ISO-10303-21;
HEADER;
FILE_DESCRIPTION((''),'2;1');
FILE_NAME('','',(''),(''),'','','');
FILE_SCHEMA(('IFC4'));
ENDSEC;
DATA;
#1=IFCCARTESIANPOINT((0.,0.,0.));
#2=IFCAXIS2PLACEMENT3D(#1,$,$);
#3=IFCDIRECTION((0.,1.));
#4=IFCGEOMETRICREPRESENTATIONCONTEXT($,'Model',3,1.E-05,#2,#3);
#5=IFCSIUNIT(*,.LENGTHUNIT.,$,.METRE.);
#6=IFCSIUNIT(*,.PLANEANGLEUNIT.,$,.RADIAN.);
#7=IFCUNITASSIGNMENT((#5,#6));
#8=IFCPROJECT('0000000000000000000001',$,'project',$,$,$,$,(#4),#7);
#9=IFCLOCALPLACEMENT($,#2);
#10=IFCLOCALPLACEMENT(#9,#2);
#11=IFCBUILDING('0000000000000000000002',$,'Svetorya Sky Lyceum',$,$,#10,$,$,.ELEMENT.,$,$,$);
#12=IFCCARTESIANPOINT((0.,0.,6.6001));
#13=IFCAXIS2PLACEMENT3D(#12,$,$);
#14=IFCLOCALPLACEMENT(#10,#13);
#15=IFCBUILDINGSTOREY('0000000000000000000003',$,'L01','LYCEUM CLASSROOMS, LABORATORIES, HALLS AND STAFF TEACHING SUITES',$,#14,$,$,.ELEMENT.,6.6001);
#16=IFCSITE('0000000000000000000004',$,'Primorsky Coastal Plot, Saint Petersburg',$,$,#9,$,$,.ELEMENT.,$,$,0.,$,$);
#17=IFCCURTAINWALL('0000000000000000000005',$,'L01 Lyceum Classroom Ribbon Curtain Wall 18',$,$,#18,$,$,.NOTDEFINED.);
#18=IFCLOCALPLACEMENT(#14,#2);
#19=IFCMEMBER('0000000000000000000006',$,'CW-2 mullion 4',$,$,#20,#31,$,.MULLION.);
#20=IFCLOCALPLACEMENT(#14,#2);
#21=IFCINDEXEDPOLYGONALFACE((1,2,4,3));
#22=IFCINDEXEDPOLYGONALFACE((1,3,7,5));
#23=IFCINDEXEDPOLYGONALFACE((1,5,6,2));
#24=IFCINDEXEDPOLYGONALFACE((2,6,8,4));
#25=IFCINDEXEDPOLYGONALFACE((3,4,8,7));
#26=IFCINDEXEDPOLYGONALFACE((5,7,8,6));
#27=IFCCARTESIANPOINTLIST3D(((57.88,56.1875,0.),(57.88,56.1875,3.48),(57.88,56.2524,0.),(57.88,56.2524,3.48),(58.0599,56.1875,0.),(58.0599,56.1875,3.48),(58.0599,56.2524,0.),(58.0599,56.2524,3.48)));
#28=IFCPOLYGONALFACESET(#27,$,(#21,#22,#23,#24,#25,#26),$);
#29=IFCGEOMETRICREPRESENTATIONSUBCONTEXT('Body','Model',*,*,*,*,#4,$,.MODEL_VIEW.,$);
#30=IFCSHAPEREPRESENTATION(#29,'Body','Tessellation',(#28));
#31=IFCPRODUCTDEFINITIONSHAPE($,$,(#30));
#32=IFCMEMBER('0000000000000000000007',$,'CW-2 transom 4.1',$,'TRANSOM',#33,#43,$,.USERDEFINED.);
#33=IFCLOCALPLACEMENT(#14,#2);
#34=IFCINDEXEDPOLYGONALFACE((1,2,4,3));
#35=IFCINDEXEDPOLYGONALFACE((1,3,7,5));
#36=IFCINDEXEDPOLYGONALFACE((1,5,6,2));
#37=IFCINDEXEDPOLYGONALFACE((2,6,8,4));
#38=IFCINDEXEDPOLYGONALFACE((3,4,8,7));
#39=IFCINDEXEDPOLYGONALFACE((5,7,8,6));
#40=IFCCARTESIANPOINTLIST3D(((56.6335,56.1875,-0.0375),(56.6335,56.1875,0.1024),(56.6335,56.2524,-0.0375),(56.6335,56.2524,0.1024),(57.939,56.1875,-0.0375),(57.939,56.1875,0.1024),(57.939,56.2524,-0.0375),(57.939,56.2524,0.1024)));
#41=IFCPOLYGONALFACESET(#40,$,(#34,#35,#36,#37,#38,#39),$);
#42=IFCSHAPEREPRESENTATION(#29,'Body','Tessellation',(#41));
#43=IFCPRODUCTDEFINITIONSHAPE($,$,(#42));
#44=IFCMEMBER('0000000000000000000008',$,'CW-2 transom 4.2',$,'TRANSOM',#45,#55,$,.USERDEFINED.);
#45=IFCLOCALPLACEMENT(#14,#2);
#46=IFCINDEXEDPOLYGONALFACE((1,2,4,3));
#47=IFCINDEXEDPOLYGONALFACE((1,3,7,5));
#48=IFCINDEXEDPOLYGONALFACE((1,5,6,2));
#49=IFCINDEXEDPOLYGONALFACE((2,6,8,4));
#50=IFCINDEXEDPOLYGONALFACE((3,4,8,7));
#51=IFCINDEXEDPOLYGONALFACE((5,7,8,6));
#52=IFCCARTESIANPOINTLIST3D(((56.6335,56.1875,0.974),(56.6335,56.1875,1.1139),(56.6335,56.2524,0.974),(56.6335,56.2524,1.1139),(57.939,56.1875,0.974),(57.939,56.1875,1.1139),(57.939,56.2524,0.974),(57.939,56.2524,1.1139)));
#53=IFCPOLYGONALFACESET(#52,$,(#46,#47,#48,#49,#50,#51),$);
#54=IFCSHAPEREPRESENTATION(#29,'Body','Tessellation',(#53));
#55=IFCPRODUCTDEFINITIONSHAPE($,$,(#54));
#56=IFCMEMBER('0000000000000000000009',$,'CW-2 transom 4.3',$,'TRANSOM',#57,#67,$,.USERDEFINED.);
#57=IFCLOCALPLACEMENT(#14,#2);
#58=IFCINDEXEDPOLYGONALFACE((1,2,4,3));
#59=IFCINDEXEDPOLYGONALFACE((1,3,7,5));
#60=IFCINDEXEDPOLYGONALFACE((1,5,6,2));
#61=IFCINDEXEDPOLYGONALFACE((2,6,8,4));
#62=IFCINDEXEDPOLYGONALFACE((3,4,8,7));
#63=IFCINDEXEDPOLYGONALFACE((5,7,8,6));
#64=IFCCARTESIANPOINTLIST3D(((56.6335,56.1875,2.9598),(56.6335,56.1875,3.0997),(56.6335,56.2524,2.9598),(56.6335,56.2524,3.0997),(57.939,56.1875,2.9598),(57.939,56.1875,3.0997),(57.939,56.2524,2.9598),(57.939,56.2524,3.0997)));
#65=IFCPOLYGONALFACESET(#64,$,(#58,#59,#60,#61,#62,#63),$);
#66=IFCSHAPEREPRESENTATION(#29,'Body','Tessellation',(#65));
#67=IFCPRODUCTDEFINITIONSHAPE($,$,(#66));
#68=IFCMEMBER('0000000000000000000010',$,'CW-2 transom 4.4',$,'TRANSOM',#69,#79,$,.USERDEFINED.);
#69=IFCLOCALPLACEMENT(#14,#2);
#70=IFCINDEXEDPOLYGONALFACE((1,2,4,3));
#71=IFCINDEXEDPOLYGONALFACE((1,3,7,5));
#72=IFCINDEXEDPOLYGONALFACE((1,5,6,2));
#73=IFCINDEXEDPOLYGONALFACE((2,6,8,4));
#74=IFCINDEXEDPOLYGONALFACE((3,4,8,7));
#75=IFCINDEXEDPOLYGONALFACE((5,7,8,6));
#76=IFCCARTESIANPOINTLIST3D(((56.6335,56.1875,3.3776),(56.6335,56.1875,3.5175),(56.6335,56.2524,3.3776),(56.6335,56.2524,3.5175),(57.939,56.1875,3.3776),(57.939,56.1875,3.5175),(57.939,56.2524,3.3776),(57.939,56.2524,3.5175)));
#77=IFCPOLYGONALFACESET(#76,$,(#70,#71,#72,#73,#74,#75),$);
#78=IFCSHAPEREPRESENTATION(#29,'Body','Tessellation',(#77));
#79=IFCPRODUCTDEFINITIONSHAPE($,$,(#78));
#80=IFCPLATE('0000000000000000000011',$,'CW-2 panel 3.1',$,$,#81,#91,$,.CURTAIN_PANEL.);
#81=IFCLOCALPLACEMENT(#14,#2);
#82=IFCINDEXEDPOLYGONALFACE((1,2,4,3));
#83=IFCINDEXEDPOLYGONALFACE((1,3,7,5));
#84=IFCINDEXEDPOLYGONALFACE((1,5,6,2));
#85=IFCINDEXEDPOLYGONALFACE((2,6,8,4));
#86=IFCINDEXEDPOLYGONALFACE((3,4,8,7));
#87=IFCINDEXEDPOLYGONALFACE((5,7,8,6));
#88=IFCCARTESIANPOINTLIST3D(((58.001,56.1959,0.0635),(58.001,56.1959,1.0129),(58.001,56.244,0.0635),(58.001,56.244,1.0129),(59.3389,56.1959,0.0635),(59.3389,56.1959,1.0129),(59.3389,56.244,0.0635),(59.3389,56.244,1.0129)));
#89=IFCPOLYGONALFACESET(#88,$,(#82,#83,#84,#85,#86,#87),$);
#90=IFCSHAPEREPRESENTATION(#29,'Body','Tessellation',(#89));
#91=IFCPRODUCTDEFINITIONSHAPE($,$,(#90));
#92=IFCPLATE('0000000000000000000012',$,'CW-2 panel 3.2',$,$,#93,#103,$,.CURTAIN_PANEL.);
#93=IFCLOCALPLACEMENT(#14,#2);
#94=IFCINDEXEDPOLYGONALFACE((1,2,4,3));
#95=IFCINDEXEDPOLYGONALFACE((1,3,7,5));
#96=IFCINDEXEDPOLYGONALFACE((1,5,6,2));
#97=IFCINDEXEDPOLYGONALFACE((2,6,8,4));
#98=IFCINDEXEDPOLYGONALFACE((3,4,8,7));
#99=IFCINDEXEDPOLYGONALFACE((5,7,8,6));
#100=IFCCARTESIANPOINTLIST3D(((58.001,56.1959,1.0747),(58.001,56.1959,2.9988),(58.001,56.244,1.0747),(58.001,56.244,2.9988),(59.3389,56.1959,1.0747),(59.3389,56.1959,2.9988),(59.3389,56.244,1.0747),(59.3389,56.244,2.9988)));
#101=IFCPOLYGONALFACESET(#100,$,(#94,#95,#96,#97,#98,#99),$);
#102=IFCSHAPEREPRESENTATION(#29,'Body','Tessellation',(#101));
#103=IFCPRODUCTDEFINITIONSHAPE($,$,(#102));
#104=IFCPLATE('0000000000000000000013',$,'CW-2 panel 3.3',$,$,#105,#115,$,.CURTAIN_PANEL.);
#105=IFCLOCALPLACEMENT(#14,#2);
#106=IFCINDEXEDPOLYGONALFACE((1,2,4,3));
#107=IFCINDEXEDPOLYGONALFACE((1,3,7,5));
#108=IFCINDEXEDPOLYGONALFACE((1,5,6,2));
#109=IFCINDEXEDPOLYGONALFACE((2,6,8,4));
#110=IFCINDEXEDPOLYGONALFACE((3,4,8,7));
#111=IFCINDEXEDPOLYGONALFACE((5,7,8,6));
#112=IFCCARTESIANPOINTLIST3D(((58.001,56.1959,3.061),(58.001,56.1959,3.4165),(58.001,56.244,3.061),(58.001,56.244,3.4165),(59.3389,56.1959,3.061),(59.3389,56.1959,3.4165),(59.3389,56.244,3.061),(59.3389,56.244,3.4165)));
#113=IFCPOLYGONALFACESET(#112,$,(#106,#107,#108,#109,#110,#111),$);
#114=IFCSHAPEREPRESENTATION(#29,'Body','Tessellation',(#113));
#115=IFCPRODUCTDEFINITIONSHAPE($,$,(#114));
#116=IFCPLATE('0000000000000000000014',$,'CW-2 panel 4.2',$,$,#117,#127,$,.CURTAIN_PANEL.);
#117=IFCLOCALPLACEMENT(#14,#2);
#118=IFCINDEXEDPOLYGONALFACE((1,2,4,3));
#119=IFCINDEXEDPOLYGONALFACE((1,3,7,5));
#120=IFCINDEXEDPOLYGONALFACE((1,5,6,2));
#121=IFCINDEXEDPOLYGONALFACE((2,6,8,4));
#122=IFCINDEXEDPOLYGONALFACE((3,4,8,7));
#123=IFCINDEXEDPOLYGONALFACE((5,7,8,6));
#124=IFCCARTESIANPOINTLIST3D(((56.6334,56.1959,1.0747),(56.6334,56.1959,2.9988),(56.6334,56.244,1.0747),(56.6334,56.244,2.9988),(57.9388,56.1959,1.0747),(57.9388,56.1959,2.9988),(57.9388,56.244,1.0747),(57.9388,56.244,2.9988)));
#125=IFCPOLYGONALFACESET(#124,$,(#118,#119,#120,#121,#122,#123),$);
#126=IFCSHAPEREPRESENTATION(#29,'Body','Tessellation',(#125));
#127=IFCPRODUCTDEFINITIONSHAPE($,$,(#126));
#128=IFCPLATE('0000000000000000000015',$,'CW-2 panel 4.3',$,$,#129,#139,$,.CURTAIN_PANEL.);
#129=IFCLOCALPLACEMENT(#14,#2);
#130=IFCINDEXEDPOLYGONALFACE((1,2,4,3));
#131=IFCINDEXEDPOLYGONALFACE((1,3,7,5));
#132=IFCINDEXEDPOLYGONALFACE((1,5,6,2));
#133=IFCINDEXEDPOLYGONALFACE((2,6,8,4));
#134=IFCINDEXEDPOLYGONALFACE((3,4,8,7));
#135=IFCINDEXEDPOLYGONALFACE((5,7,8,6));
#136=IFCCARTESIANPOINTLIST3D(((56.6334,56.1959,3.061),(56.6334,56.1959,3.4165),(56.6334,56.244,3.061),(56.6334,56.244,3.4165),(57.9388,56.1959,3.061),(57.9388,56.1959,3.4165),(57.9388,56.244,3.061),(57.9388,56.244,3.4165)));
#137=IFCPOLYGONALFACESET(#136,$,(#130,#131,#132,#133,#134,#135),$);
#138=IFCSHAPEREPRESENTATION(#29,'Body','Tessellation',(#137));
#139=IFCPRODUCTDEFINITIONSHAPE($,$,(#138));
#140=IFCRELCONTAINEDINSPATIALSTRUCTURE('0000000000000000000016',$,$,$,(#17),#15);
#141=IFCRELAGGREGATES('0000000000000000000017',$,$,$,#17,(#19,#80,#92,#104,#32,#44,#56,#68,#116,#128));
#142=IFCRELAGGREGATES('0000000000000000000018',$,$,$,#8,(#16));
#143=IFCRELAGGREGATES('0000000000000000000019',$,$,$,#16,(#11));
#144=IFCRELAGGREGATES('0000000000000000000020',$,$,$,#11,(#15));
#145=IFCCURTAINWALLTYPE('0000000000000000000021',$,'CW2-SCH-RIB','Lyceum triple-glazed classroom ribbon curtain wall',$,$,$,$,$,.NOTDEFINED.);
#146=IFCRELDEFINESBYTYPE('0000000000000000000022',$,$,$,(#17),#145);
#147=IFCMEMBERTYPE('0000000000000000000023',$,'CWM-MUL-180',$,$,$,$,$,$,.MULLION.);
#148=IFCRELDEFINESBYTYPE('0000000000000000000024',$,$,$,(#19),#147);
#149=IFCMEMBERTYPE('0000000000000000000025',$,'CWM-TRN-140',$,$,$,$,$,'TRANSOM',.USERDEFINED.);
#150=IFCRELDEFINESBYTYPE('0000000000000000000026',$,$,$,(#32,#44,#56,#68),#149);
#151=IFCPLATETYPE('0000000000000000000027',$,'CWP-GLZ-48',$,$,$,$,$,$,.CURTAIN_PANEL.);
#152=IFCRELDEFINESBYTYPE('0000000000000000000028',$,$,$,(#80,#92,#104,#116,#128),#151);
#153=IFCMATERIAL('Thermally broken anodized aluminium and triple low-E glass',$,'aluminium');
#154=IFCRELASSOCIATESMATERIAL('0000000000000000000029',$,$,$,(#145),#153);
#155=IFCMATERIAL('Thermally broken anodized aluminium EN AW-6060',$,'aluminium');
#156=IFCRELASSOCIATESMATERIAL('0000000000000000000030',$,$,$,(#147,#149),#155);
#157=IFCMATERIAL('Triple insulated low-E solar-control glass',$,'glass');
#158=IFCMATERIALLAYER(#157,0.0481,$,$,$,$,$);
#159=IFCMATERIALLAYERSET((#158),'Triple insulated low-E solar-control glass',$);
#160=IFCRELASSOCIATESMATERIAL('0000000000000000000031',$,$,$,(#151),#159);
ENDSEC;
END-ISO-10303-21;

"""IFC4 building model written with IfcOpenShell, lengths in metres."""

from ifc_helpers import new_model, si_unit, direction, frame, origin, origin_2d, place, context, subcontext, project, spatial, rectangle, extrude, material, layer, layer_set, material_profile, profile_set, type_object, element, aggregate, save


model = new_model("IFC4")

# Units and contexts
model_context = context("Model", 3, precision=1e-05, world=origin(), true_north=direction((0.0, 1.0)))
body_context = subcontext(model_context, "Body", "Model", "MODEL_VIEW")
ifc_project = project(units=[si_unit("LENGTHUNIT", "METRE"), si_unit("PLANEANGLEUNIT", "RADIAN")], contexts=[model_context])

# Site, building, storey
site_placement = place(None, origin())
site = spatial("IfcSite", under=ifc_project, at=site_placement, Name="Primorsky Coastal Plot, Saint Petersburg", CompositionType="ELEMENT", RefElevation=0.0)
building_placement = place(site_placement, origin())
building = spatial("IfcBuilding", under=site, at=building_placement, Name="Svetorya Sky Lyceum", CompositionType="ELEMENT")
storey_placement = place(building_placement, frame((0.0, 0.0, 6.6001)))
storey = spatial("IfcBuildingStorey", under=building, at=storey_placement, Name="L01", Description="LYCEUM CLASSROOMS, LABORATORIES, HALLS AND STAFF TEACHING SUITES", CompositionType="ELEMENT", Elevation=6.6001)

# Curtain wall, members, plates
ifc_material_1 = material(Name="Thermally broken anodized aluminium and triple low-E glass", Category="aluminium")
curtain_wall_type = type_object("IfcCurtainWallType", Name="CW2-SCH-RIB", Description="Lyceum triple-glazed classroom ribbon curtain wall", PredefinedType="NOTDEFINED", material=ifc_material_1)
curtain_wall_placement = place(storey_placement, origin())
curtain_wall = element("IfcCurtainWall", 1, at=curtain_wall_placement, inside=storey, type_object=curtain_wall_type, Name="L01 Lyceum Classroom Ribbon Curtain Wall 18", PredefinedType="NOTDEFINED")
ifc_material_2 = material(Name="Thermally broken anodized aluminium EN AW-6060", Category="aluminium")
ifc_material_profile_1 = material_profile(ifc_material_2, rectangle(XDim=0.0649, YDim=0.1799, at=origin_2d()), Name="ALU MULLION 65x180")
ifc_profile_set_1 = profile_set([ifc_material_profile_1], Name="Thermally broken anodized aluminium EN AW-6060")
member_type_1 = type_object("IfcMemberType", Name="CWM-MUL-180", PredefinedType="MULLION", material=ifc_profile_set_1)
member_1_placement = place(storey_placement, frame((57.97, 56.22, 0.0), z_axis=(0.0, 0.0, 1.0), x_axis=(0.0, -1.0, 0.0)))
member_1 = element("IfcMember", 2, at=member_1_placement, type_object=member_type_1, Name="CW-2 mullion 4", PredefinedType="MULLION", context=body_context, shape_type="SweptSolid", body=[
    extrude(rectangle(XDim=0.0649, YDim=0.1799, at=origin_2d()), origin(), (0.0, 0.0, 1.0), 3.48),
])
ifc_material_profile_2 = material_profile(ifc_material_2, rectangle(XDim=0.0649, YDim=0.1399, at=origin_2d()), Name="ALU TRANSOM 65x140")
ifc_profile_set_2 = profile_set([ifc_material_profile_2], Name="Thermally broken anodized aluminium EN AW-6060")
member_type_2 = type_object("IfcMemberType", Name="CWM-TRN-140", ElementType="TRANSOM", PredefinedType="USERDEFINED", material=ifc_profile_set_2)
member_2_placement = place(storey_placement, frame((57.939, 56.22, 0.0325), z_axis=(-1.0, 0.0, 0.0), x_axis=(0.0, -1.0, 0.0)))
member_2 = element("IfcMember", 3, at=member_2_placement, type_object=member_type_2, Name="CW-2 transom 4.1", ObjectType="TRANSOM", PredefinedType="USERDEFINED", context=body_context, shape_type="SweptSolid", body=[
    extrude(rectangle(XDim=0.0649, YDim=0.1399, at=origin_2d()), origin(), (0.0, 0.0, 1.0), 1.3054),
])
member_3_placement = place(storey_placement, frame((57.939, 56.22, 1.0439), z_axis=(-1.0, 0.0, 0.0), x_axis=(0.0, -1.0, 0.0)))
member_3 = element("IfcMember", 4, at=member_3_placement, type_object=member_type_2, Name="CW-2 transom 4.2", ObjectType="TRANSOM", PredefinedType="USERDEFINED", context=body_context, shape_type="SweptSolid", body=[
    extrude(rectangle(XDim=0.0649, YDim=0.1399, at=origin_2d()), origin(), (0.0, 0.0, 1.0), 1.3054),
])
member_4_placement = place(storey_placement, frame((57.939, 56.22, 3.0298), z_axis=(-1.0, 0.0, 0.0), x_axis=(0.0, -1.0, 0.0)))
member_4 = element("IfcMember", 5, at=member_4_placement, type_object=member_type_2, Name="CW-2 transom 4.3", ObjectType="TRANSOM", PredefinedType="USERDEFINED", context=body_context, shape_type="SweptSolid", body=[
    extrude(rectangle(XDim=0.0649, YDim=0.1399, at=origin_2d()), origin(), (0.0, 0.0, 1.0), 1.3054),
])
member_5_placement = place(storey_placement, frame((57.939, 56.22, 3.4475), z_axis=(-1.0, 0.0, 0.0), x_axis=(0.0, -1.0, 0.0)))
member_5 = element("IfcMember", 6, at=member_5_placement, type_object=member_type_2, Name="CW-2 transom 4.4", ObjectType="TRANSOM", PredefinedType="USERDEFINED", context=body_context, shape_type="SweptSolid", body=[
    extrude(rectangle(XDim=0.0649, YDim=0.1399, at=origin_2d()), origin(), (0.0, 0.0, 1.0), 1.3054),
])
ifc_material_3 = material(Name="Triple insulated low-E solar-control glass", Category="glass")
ifc_layer = layer(ifc_material_3, 0.0481)
ifc_layer_set = layer_set([ifc_layer], Name="Triple insulated low-E solar-control glass")
plate_type = type_object("IfcPlateType", Name="CWP-GLZ-48", PredefinedType="CURTAIN_PANEL", material=ifc_layer_set)
plate_1_placement = place(storey_placement, frame((58.6699, 56.22, 0.0635), z_axis=(0.0, 0.0, 1.0), x_axis=(-1.0, 0.0, 0.0)))
plate_1 = element("IfcPlate", 7, at=plate_1_placement, type_object=plate_type, Name="CW-2 panel 3.1", PredefinedType="CURTAIN_PANEL", context=body_context, shape_type="SweptSolid", body=[
    extrude(rectangle(XDim=1.3379, YDim=0.0481, at=origin_2d()), origin(), (0.0, 0.0, 1.0), 0.9495),
])
plate_2_placement = place(storey_placement, frame((58.6699, 56.22, 1.0747), z_axis=(0.0, 0.0, 1.0), x_axis=(-1.0, 0.0, 0.0)))
plate_2 = element("IfcPlate", 8, at=plate_2_placement, type_object=plate_type, Name="CW-2 panel 3.2", PredefinedType="CURTAIN_PANEL", context=body_context, shape_type="SweptSolid", body=[
    extrude(rectangle(XDim=1.3379, YDim=0.0481, at=origin_2d()), origin(), (0.0, 0.0, 1.0), 1.9241),
])
plate_3_placement = place(storey_placement, frame((58.6699, 56.22, 3.061), z_axis=(0.0, 0.0, 1.0), x_axis=(-1.0, 0.0, 0.0)))
plate_3 = element("IfcPlate", 9, at=plate_3_placement, type_object=plate_type, Name="CW-2 panel 3.3", PredefinedType="CURTAIN_PANEL", context=body_context, shape_type="SweptSolid", body=[
    extrude(rectangle(XDim=1.3379, YDim=0.0481, at=origin_2d()), origin(), (0.0, 0.0, 1.0), 0.3555),
])
plate_4_placement = place(storey_placement, frame((57.2861, 56.22, 1.0747), z_axis=(0.0, 0.0, 1.0), x_axis=(-1.0, 0.0, 0.0)))
plate_4 = element("IfcPlate", 10, at=plate_4_placement, type_object=plate_type, Name="CW-2 panel 4.2", PredefinedType="CURTAIN_PANEL", context=body_context, shape_type="SweptSolid", body=[
    extrude(rectangle(XDim=1.3054, YDim=0.0481, at=origin_2d()), origin(), (0.0, 0.0, 1.0), 1.9241),
])
plate_5_placement = place(storey_placement, frame((57.2861, 56.22, 3.061), z_axis=(0.0, 0.0, 1.0), x_axis=(-1.0, 0.0, 0.0)))
plate_5 = element("IfcPlate", 11, at=plate_5_placement, type_object=plate_type, Name="CW-2 panel 4.3", PredefinedType="CURTAIN_PANEL", context=body_context, shape_type="SweptSolid", body=[
    extrude(rectangle(XDim=1.3054, YDim=0.0481, at=origin_2d()), origin(), (0.0, 0.0, 1.0), 0.3555),
])
aggregate(curtain_wall, [member_1, plate_1, plate_2, plate_3, member_2, member_3, member_4, member_5, plate_4, plate_5])

save(model, "model.ifc")
